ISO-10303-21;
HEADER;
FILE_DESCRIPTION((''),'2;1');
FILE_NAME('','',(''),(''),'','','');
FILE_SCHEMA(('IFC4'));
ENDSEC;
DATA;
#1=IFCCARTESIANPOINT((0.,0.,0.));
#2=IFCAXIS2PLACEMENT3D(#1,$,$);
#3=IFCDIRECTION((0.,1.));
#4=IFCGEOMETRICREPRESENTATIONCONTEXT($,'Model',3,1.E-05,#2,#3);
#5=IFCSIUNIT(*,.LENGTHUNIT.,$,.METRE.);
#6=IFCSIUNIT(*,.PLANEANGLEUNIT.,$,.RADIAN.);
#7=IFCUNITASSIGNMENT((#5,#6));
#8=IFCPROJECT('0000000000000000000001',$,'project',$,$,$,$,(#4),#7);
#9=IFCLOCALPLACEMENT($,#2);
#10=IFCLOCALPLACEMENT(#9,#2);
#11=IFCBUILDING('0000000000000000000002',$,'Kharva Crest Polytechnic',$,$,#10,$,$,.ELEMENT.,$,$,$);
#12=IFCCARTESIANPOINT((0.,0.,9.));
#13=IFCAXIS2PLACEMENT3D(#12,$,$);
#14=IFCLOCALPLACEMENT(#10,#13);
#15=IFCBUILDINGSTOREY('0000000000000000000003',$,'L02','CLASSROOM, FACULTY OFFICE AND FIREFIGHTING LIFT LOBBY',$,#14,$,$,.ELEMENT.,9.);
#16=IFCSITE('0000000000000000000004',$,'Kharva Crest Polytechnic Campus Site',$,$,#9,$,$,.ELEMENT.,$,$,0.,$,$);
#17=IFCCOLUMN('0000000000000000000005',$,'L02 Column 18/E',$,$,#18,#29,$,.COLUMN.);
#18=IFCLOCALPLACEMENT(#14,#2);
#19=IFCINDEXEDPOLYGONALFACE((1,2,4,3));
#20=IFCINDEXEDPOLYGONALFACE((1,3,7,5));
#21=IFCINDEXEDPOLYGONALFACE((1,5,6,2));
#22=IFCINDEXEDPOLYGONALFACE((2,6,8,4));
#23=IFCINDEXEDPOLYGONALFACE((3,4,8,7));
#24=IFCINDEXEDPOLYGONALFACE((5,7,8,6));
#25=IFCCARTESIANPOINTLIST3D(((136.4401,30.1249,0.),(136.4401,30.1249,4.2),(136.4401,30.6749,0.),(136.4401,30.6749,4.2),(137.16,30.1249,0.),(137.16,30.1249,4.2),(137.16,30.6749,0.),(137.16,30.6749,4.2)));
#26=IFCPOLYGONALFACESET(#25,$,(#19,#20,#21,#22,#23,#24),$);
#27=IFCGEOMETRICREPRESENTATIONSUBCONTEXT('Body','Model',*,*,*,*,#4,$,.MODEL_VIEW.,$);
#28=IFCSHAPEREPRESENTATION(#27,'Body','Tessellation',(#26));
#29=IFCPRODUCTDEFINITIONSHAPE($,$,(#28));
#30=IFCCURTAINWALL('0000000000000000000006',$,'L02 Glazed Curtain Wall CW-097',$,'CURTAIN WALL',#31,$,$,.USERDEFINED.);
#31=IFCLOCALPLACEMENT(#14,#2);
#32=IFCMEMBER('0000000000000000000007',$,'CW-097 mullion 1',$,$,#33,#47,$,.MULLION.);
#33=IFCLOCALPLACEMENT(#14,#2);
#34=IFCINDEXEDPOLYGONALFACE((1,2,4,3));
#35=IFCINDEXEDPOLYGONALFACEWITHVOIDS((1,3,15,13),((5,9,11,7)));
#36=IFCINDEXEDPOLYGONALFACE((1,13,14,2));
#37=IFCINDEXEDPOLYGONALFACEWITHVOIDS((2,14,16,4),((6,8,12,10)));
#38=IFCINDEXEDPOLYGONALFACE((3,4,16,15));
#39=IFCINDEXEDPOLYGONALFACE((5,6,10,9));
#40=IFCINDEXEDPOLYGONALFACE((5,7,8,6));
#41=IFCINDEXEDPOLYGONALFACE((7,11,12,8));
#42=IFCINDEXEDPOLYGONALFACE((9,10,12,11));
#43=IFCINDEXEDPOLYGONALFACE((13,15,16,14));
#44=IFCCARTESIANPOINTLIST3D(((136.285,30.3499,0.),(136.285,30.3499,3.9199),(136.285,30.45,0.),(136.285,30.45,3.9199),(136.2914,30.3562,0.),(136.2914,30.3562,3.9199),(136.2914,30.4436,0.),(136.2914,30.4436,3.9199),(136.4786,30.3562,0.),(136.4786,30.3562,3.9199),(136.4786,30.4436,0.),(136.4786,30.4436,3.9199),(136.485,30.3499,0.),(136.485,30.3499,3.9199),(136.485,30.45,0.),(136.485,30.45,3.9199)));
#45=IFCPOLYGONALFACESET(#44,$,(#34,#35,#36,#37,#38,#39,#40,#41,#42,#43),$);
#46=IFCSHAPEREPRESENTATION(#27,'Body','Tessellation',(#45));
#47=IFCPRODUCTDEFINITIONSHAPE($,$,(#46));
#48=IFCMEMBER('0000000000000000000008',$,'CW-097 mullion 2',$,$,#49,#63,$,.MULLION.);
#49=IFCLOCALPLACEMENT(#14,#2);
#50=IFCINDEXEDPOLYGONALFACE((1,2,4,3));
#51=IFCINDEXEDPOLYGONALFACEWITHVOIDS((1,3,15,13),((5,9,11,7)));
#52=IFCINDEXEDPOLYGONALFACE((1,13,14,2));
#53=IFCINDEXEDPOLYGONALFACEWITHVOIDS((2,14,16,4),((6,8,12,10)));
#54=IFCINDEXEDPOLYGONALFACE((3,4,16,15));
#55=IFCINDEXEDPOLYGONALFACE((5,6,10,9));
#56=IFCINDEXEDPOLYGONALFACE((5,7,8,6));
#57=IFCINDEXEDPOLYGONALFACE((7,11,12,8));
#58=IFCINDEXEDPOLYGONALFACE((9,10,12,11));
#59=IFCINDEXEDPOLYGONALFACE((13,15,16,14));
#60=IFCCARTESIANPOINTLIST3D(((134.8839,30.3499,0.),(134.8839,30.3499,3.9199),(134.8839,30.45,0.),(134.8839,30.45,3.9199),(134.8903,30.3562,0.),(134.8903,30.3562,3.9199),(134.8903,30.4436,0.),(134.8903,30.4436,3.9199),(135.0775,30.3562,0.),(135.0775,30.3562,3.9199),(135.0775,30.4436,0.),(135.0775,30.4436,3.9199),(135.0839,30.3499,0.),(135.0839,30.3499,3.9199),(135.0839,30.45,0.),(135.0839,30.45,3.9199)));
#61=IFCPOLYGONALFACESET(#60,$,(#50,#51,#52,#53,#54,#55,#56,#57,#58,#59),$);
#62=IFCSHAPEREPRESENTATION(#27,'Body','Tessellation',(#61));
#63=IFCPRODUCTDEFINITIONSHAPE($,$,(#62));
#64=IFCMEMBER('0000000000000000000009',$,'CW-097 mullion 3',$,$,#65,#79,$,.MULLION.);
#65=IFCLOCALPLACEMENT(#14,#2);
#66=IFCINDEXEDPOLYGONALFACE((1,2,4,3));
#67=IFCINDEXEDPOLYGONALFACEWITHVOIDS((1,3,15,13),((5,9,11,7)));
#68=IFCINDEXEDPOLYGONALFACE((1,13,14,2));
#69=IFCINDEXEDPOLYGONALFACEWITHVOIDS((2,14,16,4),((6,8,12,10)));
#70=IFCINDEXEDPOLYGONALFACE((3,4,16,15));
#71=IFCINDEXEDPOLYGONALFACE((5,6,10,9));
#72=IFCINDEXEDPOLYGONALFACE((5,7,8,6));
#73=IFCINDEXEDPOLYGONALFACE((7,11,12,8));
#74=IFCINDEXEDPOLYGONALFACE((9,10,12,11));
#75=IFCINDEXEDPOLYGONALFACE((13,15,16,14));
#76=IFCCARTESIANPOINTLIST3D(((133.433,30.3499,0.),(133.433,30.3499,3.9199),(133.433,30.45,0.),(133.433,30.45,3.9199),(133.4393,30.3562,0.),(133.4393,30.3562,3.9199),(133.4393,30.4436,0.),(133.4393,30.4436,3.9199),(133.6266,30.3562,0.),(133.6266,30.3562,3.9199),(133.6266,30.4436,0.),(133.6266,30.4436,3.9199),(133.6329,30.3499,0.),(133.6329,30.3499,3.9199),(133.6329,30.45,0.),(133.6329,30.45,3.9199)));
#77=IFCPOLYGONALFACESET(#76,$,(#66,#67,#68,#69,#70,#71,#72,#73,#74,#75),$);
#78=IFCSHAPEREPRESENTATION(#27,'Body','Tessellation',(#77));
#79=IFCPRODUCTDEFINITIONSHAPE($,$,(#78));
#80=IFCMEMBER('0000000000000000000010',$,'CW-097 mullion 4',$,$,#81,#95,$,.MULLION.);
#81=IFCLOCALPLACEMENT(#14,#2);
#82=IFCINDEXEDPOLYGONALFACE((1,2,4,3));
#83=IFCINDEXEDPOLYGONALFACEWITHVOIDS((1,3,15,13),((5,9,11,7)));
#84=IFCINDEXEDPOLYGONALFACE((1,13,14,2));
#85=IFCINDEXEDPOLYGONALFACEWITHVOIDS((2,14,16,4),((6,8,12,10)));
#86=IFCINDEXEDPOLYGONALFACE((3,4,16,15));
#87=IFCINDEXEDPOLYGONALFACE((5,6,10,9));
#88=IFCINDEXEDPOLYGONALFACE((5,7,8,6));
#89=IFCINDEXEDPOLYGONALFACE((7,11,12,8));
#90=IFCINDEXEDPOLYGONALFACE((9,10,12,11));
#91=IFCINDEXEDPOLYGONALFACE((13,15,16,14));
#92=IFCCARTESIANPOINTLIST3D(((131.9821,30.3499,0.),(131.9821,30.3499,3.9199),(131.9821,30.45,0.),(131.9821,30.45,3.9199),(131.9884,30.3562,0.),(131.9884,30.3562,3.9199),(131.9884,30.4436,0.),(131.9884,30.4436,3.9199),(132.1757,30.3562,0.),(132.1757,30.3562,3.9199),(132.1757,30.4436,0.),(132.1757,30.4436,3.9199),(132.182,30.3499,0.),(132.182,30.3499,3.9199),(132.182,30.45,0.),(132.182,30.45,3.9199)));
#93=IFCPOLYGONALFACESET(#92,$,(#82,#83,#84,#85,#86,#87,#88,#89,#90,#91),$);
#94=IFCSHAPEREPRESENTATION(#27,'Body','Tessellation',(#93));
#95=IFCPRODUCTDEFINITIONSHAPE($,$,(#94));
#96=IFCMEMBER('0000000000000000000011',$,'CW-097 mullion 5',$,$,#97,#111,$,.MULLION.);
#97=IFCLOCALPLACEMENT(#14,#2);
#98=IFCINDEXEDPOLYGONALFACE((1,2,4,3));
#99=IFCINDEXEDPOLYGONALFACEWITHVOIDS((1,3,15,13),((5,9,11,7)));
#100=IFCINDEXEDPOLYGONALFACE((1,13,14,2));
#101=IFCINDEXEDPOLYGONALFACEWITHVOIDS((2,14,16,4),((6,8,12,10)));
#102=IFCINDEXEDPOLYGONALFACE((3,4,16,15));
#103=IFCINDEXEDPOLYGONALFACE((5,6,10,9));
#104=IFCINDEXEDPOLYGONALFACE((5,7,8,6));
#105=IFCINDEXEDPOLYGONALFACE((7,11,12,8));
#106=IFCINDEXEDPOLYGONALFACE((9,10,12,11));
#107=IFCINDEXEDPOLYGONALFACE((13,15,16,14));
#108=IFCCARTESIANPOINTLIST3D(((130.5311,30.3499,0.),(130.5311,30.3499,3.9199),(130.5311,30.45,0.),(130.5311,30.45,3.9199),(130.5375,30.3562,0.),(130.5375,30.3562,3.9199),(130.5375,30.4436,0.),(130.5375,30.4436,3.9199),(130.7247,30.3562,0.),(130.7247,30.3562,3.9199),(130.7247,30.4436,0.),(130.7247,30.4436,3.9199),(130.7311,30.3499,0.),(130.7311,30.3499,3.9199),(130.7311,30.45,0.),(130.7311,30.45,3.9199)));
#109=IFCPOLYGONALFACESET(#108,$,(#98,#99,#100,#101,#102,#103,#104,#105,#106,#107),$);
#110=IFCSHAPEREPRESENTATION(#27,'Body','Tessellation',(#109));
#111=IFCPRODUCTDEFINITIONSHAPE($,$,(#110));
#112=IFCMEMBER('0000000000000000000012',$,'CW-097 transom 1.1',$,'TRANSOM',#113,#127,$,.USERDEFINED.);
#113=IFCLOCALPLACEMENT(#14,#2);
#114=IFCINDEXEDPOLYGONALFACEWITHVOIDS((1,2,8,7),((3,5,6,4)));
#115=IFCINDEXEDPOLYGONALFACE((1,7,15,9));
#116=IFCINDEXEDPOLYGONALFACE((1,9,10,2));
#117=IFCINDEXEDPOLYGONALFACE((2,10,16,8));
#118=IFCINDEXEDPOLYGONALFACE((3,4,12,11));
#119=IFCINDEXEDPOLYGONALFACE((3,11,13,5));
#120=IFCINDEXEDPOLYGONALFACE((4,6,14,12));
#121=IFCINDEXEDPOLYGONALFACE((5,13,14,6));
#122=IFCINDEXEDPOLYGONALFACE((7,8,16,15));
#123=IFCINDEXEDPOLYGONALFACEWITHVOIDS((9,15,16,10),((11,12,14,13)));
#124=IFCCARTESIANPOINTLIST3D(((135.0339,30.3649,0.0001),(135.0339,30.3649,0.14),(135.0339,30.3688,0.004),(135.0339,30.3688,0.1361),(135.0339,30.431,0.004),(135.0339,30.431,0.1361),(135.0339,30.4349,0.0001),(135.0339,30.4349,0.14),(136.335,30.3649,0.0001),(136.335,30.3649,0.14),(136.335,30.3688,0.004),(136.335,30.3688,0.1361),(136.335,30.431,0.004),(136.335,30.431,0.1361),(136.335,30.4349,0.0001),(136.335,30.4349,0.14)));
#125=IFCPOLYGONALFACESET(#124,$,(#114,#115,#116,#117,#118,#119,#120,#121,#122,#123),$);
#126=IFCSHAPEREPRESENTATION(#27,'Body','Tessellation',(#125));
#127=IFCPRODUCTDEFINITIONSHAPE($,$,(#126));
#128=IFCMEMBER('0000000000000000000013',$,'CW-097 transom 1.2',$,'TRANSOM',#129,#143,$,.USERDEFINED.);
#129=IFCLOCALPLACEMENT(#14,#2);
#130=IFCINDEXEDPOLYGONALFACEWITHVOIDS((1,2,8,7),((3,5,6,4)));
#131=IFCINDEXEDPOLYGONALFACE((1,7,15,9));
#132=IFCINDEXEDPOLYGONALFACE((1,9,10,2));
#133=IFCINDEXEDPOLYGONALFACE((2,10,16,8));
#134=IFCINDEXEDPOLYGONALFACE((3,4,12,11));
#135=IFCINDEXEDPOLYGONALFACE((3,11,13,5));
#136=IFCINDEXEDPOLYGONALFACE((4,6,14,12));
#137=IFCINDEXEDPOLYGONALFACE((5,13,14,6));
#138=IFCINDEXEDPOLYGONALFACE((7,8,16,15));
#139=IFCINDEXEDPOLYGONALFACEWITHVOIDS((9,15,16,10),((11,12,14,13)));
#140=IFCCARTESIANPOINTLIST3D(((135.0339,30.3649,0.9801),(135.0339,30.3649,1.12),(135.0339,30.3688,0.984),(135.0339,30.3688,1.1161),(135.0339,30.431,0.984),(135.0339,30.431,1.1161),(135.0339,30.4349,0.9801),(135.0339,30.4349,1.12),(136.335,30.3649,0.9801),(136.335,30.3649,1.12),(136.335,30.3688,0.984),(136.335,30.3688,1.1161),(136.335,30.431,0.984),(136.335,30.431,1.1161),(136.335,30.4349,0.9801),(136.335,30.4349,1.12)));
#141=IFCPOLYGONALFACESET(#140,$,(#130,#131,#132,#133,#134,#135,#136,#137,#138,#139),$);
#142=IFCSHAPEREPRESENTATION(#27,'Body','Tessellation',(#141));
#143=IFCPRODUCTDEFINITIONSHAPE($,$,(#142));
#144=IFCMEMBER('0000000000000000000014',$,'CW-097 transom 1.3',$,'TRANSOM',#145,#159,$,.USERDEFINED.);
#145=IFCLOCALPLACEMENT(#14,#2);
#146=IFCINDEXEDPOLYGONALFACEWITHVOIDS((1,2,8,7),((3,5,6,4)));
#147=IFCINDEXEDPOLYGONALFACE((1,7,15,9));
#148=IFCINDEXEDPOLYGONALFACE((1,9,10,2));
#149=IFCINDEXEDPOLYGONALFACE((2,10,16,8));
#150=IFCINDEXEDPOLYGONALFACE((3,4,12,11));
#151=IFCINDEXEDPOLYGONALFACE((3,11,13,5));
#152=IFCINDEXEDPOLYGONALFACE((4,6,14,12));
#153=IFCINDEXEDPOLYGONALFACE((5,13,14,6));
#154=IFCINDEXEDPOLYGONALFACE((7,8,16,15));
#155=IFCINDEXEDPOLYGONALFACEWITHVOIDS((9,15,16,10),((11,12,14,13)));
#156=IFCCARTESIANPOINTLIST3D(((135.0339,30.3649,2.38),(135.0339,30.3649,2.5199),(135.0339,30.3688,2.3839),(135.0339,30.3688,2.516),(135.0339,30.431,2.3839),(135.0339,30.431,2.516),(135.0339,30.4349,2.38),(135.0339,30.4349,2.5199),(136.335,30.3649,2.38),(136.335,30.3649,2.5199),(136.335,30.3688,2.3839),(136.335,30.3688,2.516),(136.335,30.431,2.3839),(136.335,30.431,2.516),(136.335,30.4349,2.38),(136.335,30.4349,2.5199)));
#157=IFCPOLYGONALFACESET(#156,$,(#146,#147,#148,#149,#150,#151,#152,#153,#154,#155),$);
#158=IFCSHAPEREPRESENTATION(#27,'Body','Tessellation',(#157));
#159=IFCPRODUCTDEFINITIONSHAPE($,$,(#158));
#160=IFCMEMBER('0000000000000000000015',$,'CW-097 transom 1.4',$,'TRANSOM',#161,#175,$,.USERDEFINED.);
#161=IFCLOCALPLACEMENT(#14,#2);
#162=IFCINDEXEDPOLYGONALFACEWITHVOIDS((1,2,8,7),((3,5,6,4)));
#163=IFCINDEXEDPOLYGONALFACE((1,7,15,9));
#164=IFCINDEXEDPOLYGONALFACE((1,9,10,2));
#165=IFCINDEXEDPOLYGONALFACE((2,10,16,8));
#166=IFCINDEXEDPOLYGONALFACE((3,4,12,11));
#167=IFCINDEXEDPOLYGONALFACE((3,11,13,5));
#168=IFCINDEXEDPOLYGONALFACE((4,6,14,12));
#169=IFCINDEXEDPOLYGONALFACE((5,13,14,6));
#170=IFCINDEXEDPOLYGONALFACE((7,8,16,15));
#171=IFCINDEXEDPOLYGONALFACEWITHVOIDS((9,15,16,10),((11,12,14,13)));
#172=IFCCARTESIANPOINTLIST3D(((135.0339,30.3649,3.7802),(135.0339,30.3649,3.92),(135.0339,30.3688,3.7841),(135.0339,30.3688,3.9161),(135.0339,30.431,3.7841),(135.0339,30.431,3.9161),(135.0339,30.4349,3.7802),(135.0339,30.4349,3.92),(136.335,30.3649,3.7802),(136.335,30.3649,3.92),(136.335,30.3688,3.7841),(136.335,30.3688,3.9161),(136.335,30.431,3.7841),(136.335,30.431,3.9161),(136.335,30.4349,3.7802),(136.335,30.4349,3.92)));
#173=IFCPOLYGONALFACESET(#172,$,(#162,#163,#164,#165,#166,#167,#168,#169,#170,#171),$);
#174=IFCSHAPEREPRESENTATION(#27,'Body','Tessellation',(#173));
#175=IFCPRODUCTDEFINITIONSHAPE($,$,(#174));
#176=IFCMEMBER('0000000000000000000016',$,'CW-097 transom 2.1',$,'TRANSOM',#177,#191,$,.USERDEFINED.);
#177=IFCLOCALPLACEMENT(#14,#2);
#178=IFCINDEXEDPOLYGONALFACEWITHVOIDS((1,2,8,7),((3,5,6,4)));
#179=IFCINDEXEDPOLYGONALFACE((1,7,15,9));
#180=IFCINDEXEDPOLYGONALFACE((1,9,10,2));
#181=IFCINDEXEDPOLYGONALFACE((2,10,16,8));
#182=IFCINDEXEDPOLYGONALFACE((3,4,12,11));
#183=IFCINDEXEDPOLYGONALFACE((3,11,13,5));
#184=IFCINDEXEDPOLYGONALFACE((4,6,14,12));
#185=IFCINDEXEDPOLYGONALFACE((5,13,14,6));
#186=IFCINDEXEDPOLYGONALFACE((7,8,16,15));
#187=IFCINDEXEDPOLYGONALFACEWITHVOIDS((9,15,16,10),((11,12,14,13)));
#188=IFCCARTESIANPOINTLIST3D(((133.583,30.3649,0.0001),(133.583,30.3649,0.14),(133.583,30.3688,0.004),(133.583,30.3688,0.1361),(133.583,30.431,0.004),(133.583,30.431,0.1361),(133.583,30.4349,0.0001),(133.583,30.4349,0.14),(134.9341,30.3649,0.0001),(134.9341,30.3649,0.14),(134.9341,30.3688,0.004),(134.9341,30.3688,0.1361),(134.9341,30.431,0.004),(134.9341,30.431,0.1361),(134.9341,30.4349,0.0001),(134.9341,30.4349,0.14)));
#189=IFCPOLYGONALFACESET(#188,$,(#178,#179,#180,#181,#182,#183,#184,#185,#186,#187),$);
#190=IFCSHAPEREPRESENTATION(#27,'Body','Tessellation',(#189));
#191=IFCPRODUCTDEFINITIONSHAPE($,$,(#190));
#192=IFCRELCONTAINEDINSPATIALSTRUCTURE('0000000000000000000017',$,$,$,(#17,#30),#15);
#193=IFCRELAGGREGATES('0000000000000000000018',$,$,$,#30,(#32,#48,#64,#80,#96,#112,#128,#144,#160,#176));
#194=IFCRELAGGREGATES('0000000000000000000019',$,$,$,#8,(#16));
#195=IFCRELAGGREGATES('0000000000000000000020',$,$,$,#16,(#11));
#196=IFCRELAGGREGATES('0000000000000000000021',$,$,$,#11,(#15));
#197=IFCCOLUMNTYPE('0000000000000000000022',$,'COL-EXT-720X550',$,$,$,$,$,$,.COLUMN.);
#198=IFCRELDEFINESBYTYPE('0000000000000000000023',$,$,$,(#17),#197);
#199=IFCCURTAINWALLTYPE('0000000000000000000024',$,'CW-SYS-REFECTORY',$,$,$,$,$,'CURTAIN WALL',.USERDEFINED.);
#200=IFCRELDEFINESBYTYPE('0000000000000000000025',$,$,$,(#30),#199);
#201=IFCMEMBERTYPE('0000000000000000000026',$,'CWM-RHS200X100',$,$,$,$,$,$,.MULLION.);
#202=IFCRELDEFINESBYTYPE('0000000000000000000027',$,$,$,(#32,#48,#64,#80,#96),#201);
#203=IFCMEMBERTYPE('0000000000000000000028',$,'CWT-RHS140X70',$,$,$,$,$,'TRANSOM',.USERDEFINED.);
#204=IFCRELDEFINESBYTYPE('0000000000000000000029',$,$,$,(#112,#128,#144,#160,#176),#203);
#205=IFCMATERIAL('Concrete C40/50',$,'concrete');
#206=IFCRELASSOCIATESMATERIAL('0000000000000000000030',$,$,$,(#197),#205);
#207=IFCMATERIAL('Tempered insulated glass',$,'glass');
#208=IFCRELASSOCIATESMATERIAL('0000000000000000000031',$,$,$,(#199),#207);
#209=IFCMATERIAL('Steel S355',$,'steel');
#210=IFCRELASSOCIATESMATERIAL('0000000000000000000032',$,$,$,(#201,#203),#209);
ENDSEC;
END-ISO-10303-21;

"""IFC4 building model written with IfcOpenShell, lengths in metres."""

from ifc_helpers import new_model, si_unit, direction, frame, origin, origin_2d, place, context, subcontext, project, spatial, rectangle, hollow_rectangle, extrude, material, material_profile, profile_set, type_object, element, aggregate, save


model = new_model("IFC4")

# Units and contexts
model_context = context("Model", 3, precision=1e-05, world=origin(), true_north=direction((0.0, 1.0)))
body_context = subcontext(model_context, "Body", "Model", "MODEL_VIEW")
ifc_project = project(units=[si_unit("LENGTHUNIT", "METRE"), si_unit("PLANEANGLEUNIT", "RADIAN")], contexts=[model_context])

# Site, building, storey
site_placement = place(None, origin())
site = spatial("IfcSite", under=ifc_project, at=site_placement, Name="Kharva Crest Polytechnic Campus Site", CompositionType="ELEMENT", RefElevation=0.0)
building_placement = place(site_placement, origin())
building = spatial("IfcBuilding", under=site, at=building_placement, Name="Kharva Crest Polytechnic", CompositionType="ELEMENT")
storey_placement = place(building_placement, frame((0.0, 0.0, 9.0)))
storey = spatial("IfcBuildingStorey", under=building, at=storey_placement, Name="L02", Description="CLASSROOM, FACULTY OFFICE AND FIREFIGHTING LIFT LOBBY", CompositionType="ELEMENT", Elevation=9.0)

# Column
ifc_material_1 = material(Name="Concrete C40/50", Category="concrete")
ifc_material_profile_1 = material_profile(ifc_material_1, rectangle(XDim=0.72, YDim=0.55, at=origin_2d()), Name="RECT 720 X 550")
ifc_profile_set_1 = profile_set([ifc_material_profile_1], Name="Concrete C40/50")
column_type = type_object("IfcColumnType", Name="COL-EXT-720X550", PredefinedType="COLUMN", material=ifc_profile_set_1)
column_placement = place(storey_placement, frame((136.8, 30.3999, 0.0), z_axis=(0.0, 0.0, 1.0), x_axis=(1.0, 0.0, 0.0)))
element("IfcColumn", 1, at=column_placement, inside=storey, type_object=column_type, Name="L02 Column 18/E", PredefinedType="COLUMN", context=body_context, shape_type="SweptSolid", body=[
    extrude(rectangle(XDim=0.72, YDim=0.55, at=origin_2d()), origin(), (0.0, 0.0, 1.0), 4.2),
])

# Curtain wall, members
ifc_material_2 = material(Name="Tempered insulated glass", Category="glass")
curtain_wall_type = type_object("IfcCurtainWallType", Name="CW-SYS-REFECTORY", ElementType="CURTAIN WALL", PredefinedType="USERDEFINED", material=ifc_material_2)
curtain_wall_placement = place(storey_placement, origin())
curtain_wall = element("IfcCurtainWall", 2, at=curtain_wall_placement, inside=storey, type_object=curtain_wall_type, Name="L02 Glazed Curtain Wall CW-097", ObjectType="CURTAIN WALL", PredefinedType="USERDEFINED")
ifc_material_3 = material(Name="Steel S355", Category="steel")
ifc_material_profile_2 = material_profile(ifc_material_3, hollow_rectangle(XDim=0.1001, YDim=0.2, WallThickness=0.0063, at=origin_2d()), Name="RHS 200X100X6.3")
ifc_profile_set_2 = profile_set([ifc_material_profile_2], Name="Steel S355")
member_type_1 = type_object("IfcMemberType", Name="CWM-RHS200X100", PredefinedType="MULLION", material=ifc_profile_set_2)
member_1_placement = place(storey_placement, frame((136.385, 30.3999, 0.0), z_axis=(0.0, 0.0, 1.0), x_axis=(0.0, -1.0, 0.0)))
member_1 = element("IfcMember", 3, at=member_1_placement, type_object=member_type_1, Name="CW-097 mullion 1", PredefinedType="MULLION", context=body_context, shape_type="SweptSolid", body=[
    extrude(hollow_rectangle(XDim=0.1001, YDim=0.2, WallThickness=0.0063, at=origin_2d()), origin(), (0.0, 0.0, 1.0), 3.9199),
])
member_2_placement = place(storey_placement, frame((134.9839, 30.3999, 0.0), z_axis=(0.0, 0.0, 1.0), x_axis=(0.0, -1.0, 0.0)))
member_2 = element("IfcMember", 4, at=member_2_placement, type_object=member_type_1, Name="CW-097 mullion 2", PredefinedType="MULLION", context=body_context, shape_type="SweptSolid", body=[
    extrude(hollow_rectangle(XDim=0.1001, YDim=0.2, WallThickness=0.0063, at=origin_2d()), origin(), (0.0, 0.0, 1.0), 3.9199),
])
member_3_placement = place(storey_placement, frame((133.533, 30.3999, 0.0), z_axis=(0.0, 0.0, 1.0), x_axis=(0.0, -1.0, 0.0)))
member_3 = element("IfcMember", 5, at=member_3_placement, type_object=member_type_1, Name="CW-097 mullion 3", PredefinedType="MULLION", context=body_context, shape_type="SweptSolid", body=[
    extrude(hollow_rectangle(XDim=0.1001, YDim=0.2, WallThickness=0.0063, at=origin_2d()), origin(), (0.0, 0.0, 1.0), 3.9199),
])
member_4_placement = place(storey_placement, frame((132.082, 30.3999, 0.0), z_axis=(0.0, 0.0, 1.0), x_axis=(0.0, -1.0, 0.0)))
member_4 = element("IfcMember", 6, at=member_4_placement, type_object=member_type_1, Name="CW-097 mullion 4", PredefinedType="MULLION", context=body_context, shape_type="SweptSolid", body=[
    extrude(hollow_rectangle(XDim=0.1001, YDim=0.2, WallThickness=0.0063, at=origin_2d()), origin(), (0.0, 0.0, 1.0), 3.9199),
])
member_5_placement = place(storey_placement, frame((130.6311, 30.3999, 0.0), z_axis=(0.0, 0.0, 1.0), x_axis=(0.0, -1.0, 0.0)))
member_5 = element("IfcMember", 7, at=member_5_placement, type_object=member_type_1, Name="CW-097 mullion 5", PredefinedType="MULLION", context=body_context, shape_type="SweptSolid", body=[
    extrude(hollow_rectangle(XDim=0.1001, YDim=0.2, WallThickness=0.0063, at=origin_2d()), origin(), (0.0, 0.0, 1.0), 3.9199),
])
ifc_material_profile_3 = material_profile(ifc_material_3, hollow_rectangle(XDim=0.0701, YDim=0.1399, WallThickness=0.0039, at=origin_2d()), Name="RHS 140X70X4.0")
ifc_profile_set_3 = profile_set([ifc_material_profile_3], Name="Steel S355")
member_type_2 = type_object("IfcMemberType", Name="CWT-RHS140X70", ElementType="TRANSOM", PredefinedType="USERDEFINED", material=ifc_profile_set_3)
member_6_placement = place(storey_placement, frame((136.335, 30.3999, 0.0701), z_axis=(-1.0, 0.0, 0.0), x_axis=(0.0, -1.0, 0.0)))
member_6 = element("IfcMember", 8, at=member_6_placement, type_object=member_type_2, Name="CW-097 transom 1.1", ObjectType="TRANSOM", PredefinedType="USERDEFINED", context=body_context, shape_type="SweptSolid", body=[
    extrude(hollow_rectangle(XDim=0.0701, YDim=0.1399, WallThickness=0.0039, at=origin_2d()), origin(), (0.0, 0.0, 1.0), 1.301),
])
member_7_placement = place(storey_placement, frame((136.335, 30.3999, 1.05), z_axis=(-1.0, 0.0, 0.0), x_axis=(0.0, -1.0, 0.0)))
member_7 = element("IfcMember", 9, at=member_7_placement, type_object=member_type_2, Name="CW-097 transom 1.2", ObjectType="TRANSOM", PredefinedType="USERDEFINED", context=body_context, shape_type="SweptSolid", body=[
    extrude(hollow_rectangle(XDim=0.0701, YDim=0.1399, WallThickness=0.0039, at=origin_2d()), origin(), (0.0, 0.0, 1.0), 1.301),
])
member_8_placement = place(storey_placement, frame((136.335, 30.3999, 2.45), z_axis=(-1.0, 0.0, 0.0), x_axis=(0.0, -1.0, 0.0)))
member_8 = element("IfcMember", 10, at=member_8_placement, type_object=member_type_2, Name="CW-097 transom 1.3", ObjectType="TRANSOM", PredefinedType="USERDEFINED", context=body_context, shape_type="SweptSolid", body=[
    extrude(hollow_rectangle(XDim=0.0701, YDim=0.1399, WallThickness=0.0039, at=origin_2d()), origin(), (0.0, 0.0, 1.0), 1.301),
])
member_9_placement = place(storey_placement, frame((136.335, 30.3999, 3.8501), z_axis=(-1.0, 0.0, 0.0), x_axis=(0.0, -1.0, 0.0)))
member_9 = element("IfcMember", 11, at=member_9_placement, type_object=member_type_2, Name="CW-097 transom 1.4", ObjectType="TRANSOM", PredefinedType="USERDEFINED", context=body_context, shape_type="SweptSolid", body=[
    extrude(hollow_rectangle(XDim=0.0701, YDim=0.1399, WallThickness=0.0039, at=origin_2d()), origin(), (0.0, 0.0, 1.0), 1.301),
])
member_10_placement = place(storey_placement, frame((134.9341, 30.3999, 0.0701), z_axis=(-1.0, 0.0, 0.0), x_axis=(0.0, -1.0, 0.0)))
member_10 = element("IfcMember", 12, at=member_10_placement, type_object=member_type_2, Name="CW-097 transom 2.1", ObjectType="TRANSOM", PredefinedType="USERDEFINED", context=body_context, shape_type="SweptSolid", body=[
    extrude(hollow_rectangle(XDim=0.0701, YDim=0.1399, WallThickness=0.0039, at=origin_2d()), origin(), (0.0, 0.0, 1.0), 1.3511),
])

aggregate(curtain_wall, [member_1, member_2, member_3, member_4, member_5, member_6, member_7, member_8, member_9, member_10])

save(model, "model.ifc")
